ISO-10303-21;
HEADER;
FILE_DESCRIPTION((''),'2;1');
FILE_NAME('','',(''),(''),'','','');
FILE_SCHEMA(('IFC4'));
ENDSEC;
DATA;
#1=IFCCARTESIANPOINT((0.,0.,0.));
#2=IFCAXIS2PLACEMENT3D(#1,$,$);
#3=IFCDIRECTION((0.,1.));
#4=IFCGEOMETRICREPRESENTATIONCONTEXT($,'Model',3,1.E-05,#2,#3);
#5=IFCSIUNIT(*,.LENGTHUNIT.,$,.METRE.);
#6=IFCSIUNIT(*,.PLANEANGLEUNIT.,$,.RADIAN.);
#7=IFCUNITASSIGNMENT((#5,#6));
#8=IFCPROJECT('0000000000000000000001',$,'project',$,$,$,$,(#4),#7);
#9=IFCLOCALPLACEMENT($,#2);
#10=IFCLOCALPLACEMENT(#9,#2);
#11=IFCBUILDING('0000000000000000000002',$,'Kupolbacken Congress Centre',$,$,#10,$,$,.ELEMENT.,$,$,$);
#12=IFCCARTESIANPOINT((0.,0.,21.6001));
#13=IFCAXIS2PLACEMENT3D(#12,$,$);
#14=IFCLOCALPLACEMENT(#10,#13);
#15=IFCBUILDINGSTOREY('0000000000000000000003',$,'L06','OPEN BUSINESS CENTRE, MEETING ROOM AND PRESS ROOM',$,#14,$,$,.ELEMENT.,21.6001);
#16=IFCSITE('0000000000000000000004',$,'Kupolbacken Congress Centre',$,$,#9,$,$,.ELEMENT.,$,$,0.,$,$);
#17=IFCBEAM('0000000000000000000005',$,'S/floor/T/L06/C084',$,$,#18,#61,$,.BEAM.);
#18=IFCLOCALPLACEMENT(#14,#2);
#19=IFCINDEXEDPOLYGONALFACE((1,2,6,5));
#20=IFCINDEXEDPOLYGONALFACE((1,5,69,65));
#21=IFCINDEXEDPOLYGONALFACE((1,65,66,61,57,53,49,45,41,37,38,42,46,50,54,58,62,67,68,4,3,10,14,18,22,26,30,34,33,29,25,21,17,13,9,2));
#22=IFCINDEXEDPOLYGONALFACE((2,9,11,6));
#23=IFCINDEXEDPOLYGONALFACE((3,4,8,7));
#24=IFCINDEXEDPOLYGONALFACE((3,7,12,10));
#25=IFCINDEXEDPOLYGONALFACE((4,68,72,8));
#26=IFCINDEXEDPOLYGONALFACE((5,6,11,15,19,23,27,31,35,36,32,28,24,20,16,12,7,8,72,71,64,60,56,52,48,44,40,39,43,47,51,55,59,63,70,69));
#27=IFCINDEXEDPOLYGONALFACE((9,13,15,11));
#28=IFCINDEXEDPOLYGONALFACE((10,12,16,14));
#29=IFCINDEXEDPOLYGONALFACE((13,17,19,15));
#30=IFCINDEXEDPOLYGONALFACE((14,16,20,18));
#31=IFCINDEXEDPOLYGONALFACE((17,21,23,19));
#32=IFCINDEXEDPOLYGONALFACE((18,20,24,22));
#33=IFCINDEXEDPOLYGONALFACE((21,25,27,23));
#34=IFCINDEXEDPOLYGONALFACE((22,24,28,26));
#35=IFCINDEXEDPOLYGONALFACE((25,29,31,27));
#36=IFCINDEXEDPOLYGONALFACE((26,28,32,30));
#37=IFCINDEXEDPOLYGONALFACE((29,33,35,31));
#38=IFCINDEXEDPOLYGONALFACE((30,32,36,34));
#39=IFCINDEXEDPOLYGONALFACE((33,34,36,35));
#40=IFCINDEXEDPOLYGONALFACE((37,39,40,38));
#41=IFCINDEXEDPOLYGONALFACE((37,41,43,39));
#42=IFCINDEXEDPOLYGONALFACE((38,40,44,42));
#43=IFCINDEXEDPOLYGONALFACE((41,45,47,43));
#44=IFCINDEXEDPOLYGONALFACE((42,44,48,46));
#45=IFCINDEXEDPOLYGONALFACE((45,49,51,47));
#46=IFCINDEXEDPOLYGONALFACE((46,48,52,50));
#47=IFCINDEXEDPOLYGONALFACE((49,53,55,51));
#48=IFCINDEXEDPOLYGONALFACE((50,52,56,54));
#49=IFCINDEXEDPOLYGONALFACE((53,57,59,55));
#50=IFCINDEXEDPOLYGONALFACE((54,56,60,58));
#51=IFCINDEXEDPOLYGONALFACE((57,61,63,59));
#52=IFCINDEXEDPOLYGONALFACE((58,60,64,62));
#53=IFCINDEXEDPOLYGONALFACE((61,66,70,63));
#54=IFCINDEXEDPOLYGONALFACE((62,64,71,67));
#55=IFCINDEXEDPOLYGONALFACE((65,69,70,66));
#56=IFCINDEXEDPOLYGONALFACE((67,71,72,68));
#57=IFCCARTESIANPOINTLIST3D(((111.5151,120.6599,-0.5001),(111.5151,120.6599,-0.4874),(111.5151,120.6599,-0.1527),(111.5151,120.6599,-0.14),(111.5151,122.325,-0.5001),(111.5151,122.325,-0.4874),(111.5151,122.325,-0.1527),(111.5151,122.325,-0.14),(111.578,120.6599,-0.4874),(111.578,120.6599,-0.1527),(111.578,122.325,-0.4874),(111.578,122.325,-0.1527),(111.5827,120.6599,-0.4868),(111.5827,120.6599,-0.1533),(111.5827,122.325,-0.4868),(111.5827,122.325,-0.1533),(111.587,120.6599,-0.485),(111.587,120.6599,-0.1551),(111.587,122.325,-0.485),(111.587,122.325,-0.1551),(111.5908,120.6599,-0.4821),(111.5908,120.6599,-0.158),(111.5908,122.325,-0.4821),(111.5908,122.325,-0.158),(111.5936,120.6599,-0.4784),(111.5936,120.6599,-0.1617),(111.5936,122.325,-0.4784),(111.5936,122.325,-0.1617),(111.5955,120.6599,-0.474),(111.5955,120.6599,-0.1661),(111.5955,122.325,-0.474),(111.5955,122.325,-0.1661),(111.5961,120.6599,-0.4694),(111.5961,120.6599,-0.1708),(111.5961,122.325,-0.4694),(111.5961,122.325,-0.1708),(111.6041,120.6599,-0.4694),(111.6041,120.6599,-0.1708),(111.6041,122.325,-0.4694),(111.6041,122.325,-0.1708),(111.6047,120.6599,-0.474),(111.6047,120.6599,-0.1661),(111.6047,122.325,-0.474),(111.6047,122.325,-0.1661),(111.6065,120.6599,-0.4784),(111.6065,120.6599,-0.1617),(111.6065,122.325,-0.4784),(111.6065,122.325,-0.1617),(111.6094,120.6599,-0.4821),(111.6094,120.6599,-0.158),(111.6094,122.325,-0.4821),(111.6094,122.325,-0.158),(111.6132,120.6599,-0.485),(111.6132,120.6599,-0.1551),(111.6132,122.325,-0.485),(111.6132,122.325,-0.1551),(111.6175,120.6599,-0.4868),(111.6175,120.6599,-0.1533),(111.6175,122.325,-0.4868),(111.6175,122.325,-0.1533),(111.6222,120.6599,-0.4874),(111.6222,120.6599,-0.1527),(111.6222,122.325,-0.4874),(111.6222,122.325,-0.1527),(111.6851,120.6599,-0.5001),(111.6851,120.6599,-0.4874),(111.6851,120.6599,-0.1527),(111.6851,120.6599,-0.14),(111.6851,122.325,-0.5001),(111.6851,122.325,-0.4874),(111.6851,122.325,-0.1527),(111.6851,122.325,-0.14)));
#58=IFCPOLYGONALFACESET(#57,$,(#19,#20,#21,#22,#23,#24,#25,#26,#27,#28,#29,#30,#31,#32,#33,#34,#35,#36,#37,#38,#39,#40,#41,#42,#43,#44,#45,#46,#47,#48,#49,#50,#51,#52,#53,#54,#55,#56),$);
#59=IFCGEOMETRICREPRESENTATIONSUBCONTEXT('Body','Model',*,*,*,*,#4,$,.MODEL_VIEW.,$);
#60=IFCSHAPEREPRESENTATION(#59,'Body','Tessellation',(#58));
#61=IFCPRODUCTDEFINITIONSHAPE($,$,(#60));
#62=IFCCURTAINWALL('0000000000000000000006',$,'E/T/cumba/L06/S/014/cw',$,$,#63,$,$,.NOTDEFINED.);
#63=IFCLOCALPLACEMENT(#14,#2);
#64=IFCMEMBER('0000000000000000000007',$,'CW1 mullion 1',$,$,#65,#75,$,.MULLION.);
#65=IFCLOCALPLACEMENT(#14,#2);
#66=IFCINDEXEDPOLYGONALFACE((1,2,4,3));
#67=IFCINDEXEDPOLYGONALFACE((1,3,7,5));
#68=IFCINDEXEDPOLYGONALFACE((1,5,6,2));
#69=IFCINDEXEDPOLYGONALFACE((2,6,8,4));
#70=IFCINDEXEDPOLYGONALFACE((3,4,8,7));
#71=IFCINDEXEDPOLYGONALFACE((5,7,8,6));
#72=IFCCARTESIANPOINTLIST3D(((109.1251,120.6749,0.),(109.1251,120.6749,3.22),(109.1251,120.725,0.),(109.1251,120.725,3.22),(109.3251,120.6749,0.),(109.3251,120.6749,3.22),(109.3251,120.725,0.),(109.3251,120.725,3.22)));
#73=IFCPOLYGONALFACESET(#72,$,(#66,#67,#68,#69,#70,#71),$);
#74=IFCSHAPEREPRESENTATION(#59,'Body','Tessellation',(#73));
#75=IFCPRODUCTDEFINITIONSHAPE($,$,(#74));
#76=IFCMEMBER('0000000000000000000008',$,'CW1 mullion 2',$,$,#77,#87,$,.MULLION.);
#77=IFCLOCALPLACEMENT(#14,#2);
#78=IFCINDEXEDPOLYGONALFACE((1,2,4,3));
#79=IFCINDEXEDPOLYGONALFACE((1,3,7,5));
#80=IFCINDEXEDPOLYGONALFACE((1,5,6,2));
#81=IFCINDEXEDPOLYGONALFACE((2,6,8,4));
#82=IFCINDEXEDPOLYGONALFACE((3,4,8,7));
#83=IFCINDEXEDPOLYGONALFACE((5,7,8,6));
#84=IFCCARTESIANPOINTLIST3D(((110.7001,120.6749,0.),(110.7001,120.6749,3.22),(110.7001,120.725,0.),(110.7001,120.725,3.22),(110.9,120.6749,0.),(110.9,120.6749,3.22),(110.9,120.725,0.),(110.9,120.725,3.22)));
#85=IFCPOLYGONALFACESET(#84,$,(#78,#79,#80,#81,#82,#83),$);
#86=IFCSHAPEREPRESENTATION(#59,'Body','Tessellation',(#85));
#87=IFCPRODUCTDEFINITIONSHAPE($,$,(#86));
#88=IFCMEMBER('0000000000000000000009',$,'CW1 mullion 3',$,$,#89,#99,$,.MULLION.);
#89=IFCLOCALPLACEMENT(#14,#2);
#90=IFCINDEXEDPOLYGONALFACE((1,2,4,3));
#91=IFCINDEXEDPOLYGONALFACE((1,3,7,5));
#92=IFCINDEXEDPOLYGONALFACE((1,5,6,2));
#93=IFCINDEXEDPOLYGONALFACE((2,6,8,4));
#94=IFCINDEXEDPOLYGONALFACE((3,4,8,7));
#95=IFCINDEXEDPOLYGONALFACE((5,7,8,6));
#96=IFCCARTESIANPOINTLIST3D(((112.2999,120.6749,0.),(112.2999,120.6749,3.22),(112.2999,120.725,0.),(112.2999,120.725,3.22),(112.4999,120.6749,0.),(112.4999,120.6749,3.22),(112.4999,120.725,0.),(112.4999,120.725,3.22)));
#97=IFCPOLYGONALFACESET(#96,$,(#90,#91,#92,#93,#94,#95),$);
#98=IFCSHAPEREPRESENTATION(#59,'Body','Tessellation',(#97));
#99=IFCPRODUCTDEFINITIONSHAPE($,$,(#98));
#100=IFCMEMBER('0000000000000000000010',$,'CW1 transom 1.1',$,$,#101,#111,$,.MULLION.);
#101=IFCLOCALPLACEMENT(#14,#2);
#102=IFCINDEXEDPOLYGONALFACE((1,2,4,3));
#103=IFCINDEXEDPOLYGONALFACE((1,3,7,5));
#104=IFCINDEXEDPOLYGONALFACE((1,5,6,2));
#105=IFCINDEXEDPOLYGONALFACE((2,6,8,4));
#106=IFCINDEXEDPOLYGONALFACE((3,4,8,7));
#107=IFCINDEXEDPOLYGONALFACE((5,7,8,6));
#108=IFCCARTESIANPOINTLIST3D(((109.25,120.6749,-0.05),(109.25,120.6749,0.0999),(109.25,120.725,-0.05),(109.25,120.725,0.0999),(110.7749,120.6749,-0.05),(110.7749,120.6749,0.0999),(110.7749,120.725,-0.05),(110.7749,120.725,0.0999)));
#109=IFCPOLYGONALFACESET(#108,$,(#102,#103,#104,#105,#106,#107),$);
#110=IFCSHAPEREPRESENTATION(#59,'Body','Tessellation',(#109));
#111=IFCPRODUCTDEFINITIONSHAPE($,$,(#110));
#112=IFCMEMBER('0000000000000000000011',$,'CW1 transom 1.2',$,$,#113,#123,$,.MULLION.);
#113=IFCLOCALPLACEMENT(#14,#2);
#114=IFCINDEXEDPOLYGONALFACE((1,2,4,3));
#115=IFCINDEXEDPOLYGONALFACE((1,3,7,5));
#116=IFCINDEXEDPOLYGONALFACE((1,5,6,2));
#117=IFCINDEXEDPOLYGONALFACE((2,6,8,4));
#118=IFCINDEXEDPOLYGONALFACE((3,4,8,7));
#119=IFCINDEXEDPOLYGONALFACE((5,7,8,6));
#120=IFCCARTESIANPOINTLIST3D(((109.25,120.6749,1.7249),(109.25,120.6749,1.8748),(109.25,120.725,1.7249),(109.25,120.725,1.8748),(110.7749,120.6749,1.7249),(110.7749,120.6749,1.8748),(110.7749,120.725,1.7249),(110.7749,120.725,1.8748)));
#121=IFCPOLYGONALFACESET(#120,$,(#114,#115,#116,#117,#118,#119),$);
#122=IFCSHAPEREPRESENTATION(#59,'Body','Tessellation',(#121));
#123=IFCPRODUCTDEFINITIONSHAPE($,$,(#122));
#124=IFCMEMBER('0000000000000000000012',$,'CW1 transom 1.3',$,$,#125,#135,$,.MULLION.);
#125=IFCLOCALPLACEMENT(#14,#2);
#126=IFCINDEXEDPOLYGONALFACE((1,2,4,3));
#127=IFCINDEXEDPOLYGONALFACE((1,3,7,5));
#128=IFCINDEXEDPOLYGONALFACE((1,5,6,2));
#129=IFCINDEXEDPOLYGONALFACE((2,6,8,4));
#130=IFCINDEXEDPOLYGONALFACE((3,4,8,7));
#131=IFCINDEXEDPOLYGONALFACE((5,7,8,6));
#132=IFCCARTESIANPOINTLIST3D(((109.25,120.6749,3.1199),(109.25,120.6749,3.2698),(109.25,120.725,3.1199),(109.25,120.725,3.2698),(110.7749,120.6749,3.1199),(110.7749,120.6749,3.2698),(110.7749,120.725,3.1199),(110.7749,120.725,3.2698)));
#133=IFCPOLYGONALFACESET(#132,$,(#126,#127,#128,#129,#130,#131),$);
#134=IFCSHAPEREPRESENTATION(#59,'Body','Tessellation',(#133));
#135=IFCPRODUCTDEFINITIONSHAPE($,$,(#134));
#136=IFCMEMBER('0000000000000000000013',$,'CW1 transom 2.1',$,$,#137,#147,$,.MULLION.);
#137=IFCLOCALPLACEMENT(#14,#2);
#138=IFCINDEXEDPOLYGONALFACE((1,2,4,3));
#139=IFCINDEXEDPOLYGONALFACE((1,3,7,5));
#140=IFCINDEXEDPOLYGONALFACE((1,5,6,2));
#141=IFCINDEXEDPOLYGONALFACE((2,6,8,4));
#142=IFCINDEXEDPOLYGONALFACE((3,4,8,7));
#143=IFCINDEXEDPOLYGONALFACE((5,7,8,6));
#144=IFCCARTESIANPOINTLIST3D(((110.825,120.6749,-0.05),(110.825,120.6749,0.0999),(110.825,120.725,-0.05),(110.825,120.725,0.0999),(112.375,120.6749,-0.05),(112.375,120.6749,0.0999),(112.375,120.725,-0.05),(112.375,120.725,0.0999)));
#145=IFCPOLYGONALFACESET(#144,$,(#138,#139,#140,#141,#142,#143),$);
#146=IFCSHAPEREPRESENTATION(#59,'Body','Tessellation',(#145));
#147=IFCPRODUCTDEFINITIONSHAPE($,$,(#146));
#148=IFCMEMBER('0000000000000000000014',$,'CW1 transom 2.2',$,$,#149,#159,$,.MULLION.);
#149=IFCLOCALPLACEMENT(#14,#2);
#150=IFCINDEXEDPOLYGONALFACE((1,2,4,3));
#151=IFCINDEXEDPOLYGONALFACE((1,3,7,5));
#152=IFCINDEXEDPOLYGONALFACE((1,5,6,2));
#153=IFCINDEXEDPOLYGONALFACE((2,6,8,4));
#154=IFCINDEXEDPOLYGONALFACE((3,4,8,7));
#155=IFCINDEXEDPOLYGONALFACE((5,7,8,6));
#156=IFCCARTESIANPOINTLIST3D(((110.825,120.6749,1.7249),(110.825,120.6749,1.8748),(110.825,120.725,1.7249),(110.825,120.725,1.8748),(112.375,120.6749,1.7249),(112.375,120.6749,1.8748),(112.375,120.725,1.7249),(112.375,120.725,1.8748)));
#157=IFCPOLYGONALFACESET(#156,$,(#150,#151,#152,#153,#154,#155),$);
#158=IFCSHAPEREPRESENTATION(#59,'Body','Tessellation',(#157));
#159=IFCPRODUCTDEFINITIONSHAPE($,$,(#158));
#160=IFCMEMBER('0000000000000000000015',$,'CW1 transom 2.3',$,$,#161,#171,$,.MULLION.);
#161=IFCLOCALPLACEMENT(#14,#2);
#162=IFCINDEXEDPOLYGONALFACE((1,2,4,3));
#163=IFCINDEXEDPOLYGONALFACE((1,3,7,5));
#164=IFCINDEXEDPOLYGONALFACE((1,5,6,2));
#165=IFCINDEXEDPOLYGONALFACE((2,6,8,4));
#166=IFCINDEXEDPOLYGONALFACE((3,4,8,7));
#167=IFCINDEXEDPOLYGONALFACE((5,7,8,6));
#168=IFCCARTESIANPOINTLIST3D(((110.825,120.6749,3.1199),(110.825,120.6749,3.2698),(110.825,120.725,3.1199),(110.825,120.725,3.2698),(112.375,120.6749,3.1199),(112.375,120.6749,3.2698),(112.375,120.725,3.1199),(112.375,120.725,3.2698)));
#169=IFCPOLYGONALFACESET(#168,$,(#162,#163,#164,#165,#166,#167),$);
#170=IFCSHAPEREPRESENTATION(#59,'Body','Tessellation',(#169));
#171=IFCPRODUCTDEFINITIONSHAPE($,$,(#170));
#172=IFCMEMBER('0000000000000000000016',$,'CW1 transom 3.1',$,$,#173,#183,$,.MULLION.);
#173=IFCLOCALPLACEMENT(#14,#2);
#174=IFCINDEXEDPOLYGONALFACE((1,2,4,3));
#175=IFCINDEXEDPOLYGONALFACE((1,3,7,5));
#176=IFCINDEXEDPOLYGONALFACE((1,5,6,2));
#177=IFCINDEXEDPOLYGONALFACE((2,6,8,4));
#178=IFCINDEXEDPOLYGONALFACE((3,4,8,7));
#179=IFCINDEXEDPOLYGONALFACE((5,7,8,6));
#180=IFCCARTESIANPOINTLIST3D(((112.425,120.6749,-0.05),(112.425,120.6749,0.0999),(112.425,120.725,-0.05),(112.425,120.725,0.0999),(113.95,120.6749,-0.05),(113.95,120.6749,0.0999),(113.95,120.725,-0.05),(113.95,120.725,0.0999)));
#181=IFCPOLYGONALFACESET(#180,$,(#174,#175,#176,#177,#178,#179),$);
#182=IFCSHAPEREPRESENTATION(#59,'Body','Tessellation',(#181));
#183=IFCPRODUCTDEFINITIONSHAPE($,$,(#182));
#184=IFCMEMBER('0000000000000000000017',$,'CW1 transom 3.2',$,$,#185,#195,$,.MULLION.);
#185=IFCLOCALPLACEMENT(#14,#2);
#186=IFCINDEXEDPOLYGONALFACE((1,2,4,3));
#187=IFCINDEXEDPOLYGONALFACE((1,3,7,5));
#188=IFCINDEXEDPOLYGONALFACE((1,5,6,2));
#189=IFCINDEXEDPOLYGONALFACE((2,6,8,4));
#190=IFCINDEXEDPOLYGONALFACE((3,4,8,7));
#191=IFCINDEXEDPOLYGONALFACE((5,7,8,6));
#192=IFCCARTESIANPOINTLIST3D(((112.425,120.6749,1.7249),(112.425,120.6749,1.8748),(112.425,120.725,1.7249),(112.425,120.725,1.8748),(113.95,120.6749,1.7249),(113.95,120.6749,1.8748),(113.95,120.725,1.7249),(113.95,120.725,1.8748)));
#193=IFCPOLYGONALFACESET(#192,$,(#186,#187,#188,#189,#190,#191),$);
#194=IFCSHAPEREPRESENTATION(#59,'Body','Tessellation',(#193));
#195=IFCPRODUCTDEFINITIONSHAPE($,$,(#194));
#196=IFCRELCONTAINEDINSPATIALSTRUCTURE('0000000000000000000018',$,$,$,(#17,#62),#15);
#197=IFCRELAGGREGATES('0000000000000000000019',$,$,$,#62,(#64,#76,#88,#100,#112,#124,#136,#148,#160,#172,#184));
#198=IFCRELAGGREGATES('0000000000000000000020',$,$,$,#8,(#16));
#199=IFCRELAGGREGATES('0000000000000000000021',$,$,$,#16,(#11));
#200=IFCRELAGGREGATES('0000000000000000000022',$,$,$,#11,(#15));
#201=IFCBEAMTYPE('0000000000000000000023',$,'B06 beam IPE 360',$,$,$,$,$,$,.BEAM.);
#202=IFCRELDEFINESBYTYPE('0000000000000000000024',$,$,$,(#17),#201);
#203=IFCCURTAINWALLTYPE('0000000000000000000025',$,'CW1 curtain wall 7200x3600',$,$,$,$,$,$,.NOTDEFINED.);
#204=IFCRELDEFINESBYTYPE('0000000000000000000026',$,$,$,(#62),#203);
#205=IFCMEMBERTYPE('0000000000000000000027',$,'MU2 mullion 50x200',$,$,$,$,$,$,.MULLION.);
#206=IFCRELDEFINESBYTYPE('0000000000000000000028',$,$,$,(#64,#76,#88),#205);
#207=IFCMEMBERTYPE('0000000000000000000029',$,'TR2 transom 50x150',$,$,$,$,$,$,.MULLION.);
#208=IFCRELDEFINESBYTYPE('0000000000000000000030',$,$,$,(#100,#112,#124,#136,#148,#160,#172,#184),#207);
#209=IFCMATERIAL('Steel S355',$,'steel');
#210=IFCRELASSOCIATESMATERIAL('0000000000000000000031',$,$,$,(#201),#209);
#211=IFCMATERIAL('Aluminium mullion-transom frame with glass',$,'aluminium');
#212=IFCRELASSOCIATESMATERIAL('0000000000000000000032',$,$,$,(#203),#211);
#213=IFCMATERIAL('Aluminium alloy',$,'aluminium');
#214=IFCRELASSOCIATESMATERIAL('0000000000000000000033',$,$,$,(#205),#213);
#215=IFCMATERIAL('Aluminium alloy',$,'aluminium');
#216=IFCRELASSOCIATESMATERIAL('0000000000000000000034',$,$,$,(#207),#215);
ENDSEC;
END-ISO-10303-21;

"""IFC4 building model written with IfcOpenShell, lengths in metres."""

from ifc_helpers import new_model, si_unit, direction, frame, origin, origin_2d, place, context, subcontext, project, spatial, rectangle, i_section, extrude, material, material_profile, profile_set, type_object, element, aggregate, save


model = new_model("IFC4")

# Units and contexts
model_context = context("Model", 3, precision=1e-05, world=origin(), true_north=direction((0.0, 1.0)))
body_context = subcontext(model_context, "Body", "Model", "MODEL_VIEW")
ifc_project = project(units=[si_unit("LENGTHUNIT", "METRE"), si_unit("PLANEANGLEUNIT", "RADIAN")], contexts=[model_context])

# Site, building, storey
site_placement = place(None, origin())
site = spatial("IfcSite", under=ifc_project, at=site_placement, Name="Kupolbacken Congress Centre", CompositionType="ELEMENT", RefElevation=0.0)
building_placement = place(site_placement, origin())
building = spatial("IfcBuilding", under=site, at=building_placement, Name="Kupolbacken Congress Centre", CompositionType="ELEMENT")
storey_placement = place(building_placement, frame((0.0, 0.0, 21.6001)))
storey = spatial("IfcBuildingStorey", under=building, at=storey_placement, Name="L06", Description="OPEN BUSINESS CENTRE, MEETING ROOM AND PRESS ROOM", CompositionType="ELEMENT", Elevation=21.6001)

# Beam
ifc_material_1 = material(Name="Steel S355", Category="steel")
ifc_material_profile_1 = material_profile(ifc_material_1, i_section(OverallWidth=0.1699, OverallDepth=0.3601, WebThickness=0.0081, FlangeThickness=0.0127, FilletRadius=0.0181, at=origin_2d()), Name="IPE 360")
ifc_profile_set_1 = profile_set([ifc_material_profile_1], Name="Steel S355")
beam_type = type_object("IfcBeamType", Name="B06 beam IPE 360", PredefinedType="BEAM", material=ifc_profile_set_1)
beam_placement = place(storey_placement, frame((111.6001, 122.325, -0.3201), z_axis=(0.0, -1.0, 0.0), x_axis=(1.0, 0.0, 0.0)))
element("IfcBeam", 1, at=beam_placement, inside=storey, type_object=beam_type, Name="S/floor/T/L06/C084", PredefinedType="BEAM", context=body_context, shape_type="SweptSolid", body=[
    extrude(i_section(OverallWidth=0.1699, OverallDepth=0.3601, WebThickness=0.0081, FlangeThickness=0.0127, FilletRadius=0.0181, at=origin_2d()), origin(), (0.0, 0.0, 1.0), 1.665),
])

# Curtain wall, members
ifc_material_2 = material(Name="Aluminium mullion-transom frame with glass", Category="aluminium")
curtain_wall_type = type_object("IfcCurtainWallType", Name="CW1 curtain wall 7200x3600", PredefinedType="NOTDEFINED", material=ifc_material_2)
curtain_wall_placement = place(storey_placement, origin())
curtain_wall = element("IfcCurtainWall", 2, at=curtain_wall_placement, inside=storey, type_object=curtain_wall_type, Name="E/T/cumba/L06/S/014/cw", PredefinedType="NOTDEFINED")
ifc_material_3 = material(Name="Aluminium alloy", Category="aluminium")
ifc_material_profile_2 = material_profile(ifc_material_3, rectangle(XDim=0.05, YDim=0.2, at=origin_2d()), Name="50 x 200")
ifc_profile_set_2 = profile_set([ifc_material_profile_2], Name="Aluminium alloy")
member_type_1 = type_object("IfcMemberType", Name="MU2 mullion 50x200", PredefinedType="MULLION", material=ifc_profile_set_2)
member_1_placement = place(storey_placement, frame((109.2251, 120.7, 0.0), z_axis=(0.0, 0.0, 1.0), x_axis=(0.0, 1.0, 0.0)))
member_1 = element("IfcMember", 3, at=member_1_placement, type_object=member_type_1, Name="CW1 mullion 1", PredefinedType="MULLION", context=body_context, shape_type="SweptSolid", body=[
    extrude(rectangle(XDim=0.05, YDim=0.2, at=origin_2d()), origin(), (0.0, 0.0, 1.0), 3.22),
])
member_2_placement = place(storey_placement, frame((110.8, 120.7, 0.0), z_axis=(0.0, 0.0, 1.0), x_axis=(0.0, 1.0, 0.0)))
member_2 = element("IfcMember", 4, at=member_2_placement, type_object=member_type_1, Name="CW1 mullion 2", PredefinedType="MULLION", context=body_context, shape_type="SweptSolid", body=[
    extrude(rectangle(XDim=0.05, YDim=0.2, at=origin_2d()), origin(), (0.0, 0.0, 1.0), 3.22),
])
member_3_placement = place(storey_placement, frame((112.3999, 120.7, 0.0), z_axis=(0.0, 0.0, 1.0), x_axis=(0.0, 1.0, 0.0)))
member_3 = element("IfcMember", 5, at=member_3_placement, type_object=member_type_1, Name="CW1 mullion 3", PredefinedType="MULLION", context=body_context, shape_type="SweptSolid", body=[
    extrude(rectangle(XDim=0.05, YDim=0.2, at=origin_2d()), origin(), (0.0, 0.0, 1.0), 3.22),
])
ifc_material_4 = material(Name="Aluminium alloy", Category="aluminium")
ifc_material_profile_3 = material_profile(ifc_material_4, rectangle(XDim=0.05, YDim=0.1499, at=origin_2d()), Name="50 x 150")
ifc_profile_set_3 = profile_set([ifc_material_profile_3], Name="Aluminium alloy")
member_type_2 = type_object("IfcMemberType", Name="TR2 transom 50x150", PredefinedType="MULLION", material=ifc_profile_set_3)
member_4_placement = place(storey_placement, frame((109.25, 120.7, 0.0249), z_axis=(1.0, 0.0, 0.0), x_axis=(0.0, 1.0, 0.0)))
member_4 = element("IfcMember", 6, at=member_4_placement, type_object=member_type_2, Name="CW1 transom 1.1", PredefinedType="MULLION", context=body_context, shape_type="SweptSolid", body=[
    extrude(rectangle(XDim=0.05, YDim=0.1499, at=origin_2d()), origin(), (0.0, 0.0, 1.0), 1.5249),
])
member_5_placement = place(storey_placement, frame((109.25, 120.7, 1.7998), z_axis=(1.0, 0.0, 0.0), x_axis=(0.0, 1.0, 0.0)))
member_5 = element("IfcMember", 7, at=member_5_placement, type_object=member_type_2, Name="CW1 transom 1.2", PredefinedType="MULLION", context=body_context, shape_type="SweptSolid", body=[
    extrude(rectangle(XDim=0.05, YDim=0.1499, at=origin_2d()), origin(), (0.0, 0.0, 1.0), 1.5249),
])
member_6_placement = place(storey_placement, frame((109.25, 120.7, 3.1948), z_axis=(1.0, 0.0, 0.0), x_axis=(0.0, 1.0, 0.0)))
member_6 = element("IfcMember", 8, at=member_6_placement, type_object=member_type_2, Name="CW1 transom 1.3", PredefinedType="MULLION", context=body_context, shape_type="SweptSolid", body=[
    extrude(rectangle(XDim=0.05, YDim=0.1499, at=origin_2d()), origin(), (0.0, 0.0, 1.0), 1.5249),
])
member_7_placement = place(storey_placement, frame((110.825, 120.7, 0.0249), z_axis=(1.0, 0.0, 0.0), x_axis=(0.0, 1.0, 0.0)))
member_7 = element("IfcMember", 9, at=member_7_placement, type_object=member_type_2, Name="CW1 transom 2.1", PredefinedType="MULLION", context=body_context, shape_type="SweptSolid", body=[
    extrude(rectangle(XDim=0.05, YDim=0.1499, at=origin_2d()), origin(), (0.0, 0.0, 1.0), 1.55),
])
member_8_placement = place(storey_placement, frame((110.825, 120.7, 1.7998), z_axis=(1.0, 0.0, 0.0), x_axis=(0.0, 1.0, 0.0)))
member_8 = element("IfcMember", 10, at=member_8_placement, type_object=member_type_2, Name="CW1 transom 2.2", PredefinedType="MULLION", context=body_context, shape_type="SweptSolid", body=[
    extrude(rectangle(XDim=0.05, YDim=0.1499, at=origin_2d()), origin(), (0.0, 0.0, 1.0), 1.55),
])
member_9_placement = place(storey_placement, frame((110.825, 120.7, 3.1948), z_axis=(1.0, 0.0, 0.0), x_axis=(0.0, 1.0, 0.0)))
member_9 = element("IfcMember", 11, at=member_9_placement, type_object=member_type_2, Name="CW1 transom 2.3", PredefinedType="MULLION", context=body_context, shape_type="SweptSolid", body=[
    extrude(rectangle(XDim=0.05, YDim=0.1499, at=origin_2d()), origin(), (0.0, 0.0, 1.0), 1.55),
])
member_10_placement = place(storey_placement, frame((112.425, 120.7, 0.0249), z_axis=(1.0, 0.0, 0.0), x_axis=(0.0, 1.0, 0.0)))
member_10 = element("IfcMember", 12, at=member_10_placement, type_object=member_type_2, Name="CW1 transom 3.1", PredefinedType="MULLION", context=body_context, shape_type="SweptSolid", body=[
    extrude(rectangle(XDim=0.05, YDim=0.1499, at=origin_2d()), origin(), (0.0, 0.0, 1.0), 1.5249),
])
member_11_placement = place(storey_placement, frame((112.425, 120.7, 1.7998), z_axis=(1.0, 0.0, 0.0), x_axis=(0.0, 1.0, 0.0)))
member_11 = element("IfcMember", 13, at=member_11_placement, type_object=member_type_2, Name="CW1 transom 3.2", PredefinedType="MULLION", context=body_context, shape_type="SweptSolid", body=[
    extrude(rectangle(XDim=0.05, YDim=0.1499, at=origin_2d()), origin(), (0.0, 0.0, 1.0), 1.5249),
])
aggregate(curtain_wall, [member_1, member_2, member_3, member_4, member_5, member_6, member_7, member_8, member_9, member_10, member_11])

save(model, "model.ifc")
